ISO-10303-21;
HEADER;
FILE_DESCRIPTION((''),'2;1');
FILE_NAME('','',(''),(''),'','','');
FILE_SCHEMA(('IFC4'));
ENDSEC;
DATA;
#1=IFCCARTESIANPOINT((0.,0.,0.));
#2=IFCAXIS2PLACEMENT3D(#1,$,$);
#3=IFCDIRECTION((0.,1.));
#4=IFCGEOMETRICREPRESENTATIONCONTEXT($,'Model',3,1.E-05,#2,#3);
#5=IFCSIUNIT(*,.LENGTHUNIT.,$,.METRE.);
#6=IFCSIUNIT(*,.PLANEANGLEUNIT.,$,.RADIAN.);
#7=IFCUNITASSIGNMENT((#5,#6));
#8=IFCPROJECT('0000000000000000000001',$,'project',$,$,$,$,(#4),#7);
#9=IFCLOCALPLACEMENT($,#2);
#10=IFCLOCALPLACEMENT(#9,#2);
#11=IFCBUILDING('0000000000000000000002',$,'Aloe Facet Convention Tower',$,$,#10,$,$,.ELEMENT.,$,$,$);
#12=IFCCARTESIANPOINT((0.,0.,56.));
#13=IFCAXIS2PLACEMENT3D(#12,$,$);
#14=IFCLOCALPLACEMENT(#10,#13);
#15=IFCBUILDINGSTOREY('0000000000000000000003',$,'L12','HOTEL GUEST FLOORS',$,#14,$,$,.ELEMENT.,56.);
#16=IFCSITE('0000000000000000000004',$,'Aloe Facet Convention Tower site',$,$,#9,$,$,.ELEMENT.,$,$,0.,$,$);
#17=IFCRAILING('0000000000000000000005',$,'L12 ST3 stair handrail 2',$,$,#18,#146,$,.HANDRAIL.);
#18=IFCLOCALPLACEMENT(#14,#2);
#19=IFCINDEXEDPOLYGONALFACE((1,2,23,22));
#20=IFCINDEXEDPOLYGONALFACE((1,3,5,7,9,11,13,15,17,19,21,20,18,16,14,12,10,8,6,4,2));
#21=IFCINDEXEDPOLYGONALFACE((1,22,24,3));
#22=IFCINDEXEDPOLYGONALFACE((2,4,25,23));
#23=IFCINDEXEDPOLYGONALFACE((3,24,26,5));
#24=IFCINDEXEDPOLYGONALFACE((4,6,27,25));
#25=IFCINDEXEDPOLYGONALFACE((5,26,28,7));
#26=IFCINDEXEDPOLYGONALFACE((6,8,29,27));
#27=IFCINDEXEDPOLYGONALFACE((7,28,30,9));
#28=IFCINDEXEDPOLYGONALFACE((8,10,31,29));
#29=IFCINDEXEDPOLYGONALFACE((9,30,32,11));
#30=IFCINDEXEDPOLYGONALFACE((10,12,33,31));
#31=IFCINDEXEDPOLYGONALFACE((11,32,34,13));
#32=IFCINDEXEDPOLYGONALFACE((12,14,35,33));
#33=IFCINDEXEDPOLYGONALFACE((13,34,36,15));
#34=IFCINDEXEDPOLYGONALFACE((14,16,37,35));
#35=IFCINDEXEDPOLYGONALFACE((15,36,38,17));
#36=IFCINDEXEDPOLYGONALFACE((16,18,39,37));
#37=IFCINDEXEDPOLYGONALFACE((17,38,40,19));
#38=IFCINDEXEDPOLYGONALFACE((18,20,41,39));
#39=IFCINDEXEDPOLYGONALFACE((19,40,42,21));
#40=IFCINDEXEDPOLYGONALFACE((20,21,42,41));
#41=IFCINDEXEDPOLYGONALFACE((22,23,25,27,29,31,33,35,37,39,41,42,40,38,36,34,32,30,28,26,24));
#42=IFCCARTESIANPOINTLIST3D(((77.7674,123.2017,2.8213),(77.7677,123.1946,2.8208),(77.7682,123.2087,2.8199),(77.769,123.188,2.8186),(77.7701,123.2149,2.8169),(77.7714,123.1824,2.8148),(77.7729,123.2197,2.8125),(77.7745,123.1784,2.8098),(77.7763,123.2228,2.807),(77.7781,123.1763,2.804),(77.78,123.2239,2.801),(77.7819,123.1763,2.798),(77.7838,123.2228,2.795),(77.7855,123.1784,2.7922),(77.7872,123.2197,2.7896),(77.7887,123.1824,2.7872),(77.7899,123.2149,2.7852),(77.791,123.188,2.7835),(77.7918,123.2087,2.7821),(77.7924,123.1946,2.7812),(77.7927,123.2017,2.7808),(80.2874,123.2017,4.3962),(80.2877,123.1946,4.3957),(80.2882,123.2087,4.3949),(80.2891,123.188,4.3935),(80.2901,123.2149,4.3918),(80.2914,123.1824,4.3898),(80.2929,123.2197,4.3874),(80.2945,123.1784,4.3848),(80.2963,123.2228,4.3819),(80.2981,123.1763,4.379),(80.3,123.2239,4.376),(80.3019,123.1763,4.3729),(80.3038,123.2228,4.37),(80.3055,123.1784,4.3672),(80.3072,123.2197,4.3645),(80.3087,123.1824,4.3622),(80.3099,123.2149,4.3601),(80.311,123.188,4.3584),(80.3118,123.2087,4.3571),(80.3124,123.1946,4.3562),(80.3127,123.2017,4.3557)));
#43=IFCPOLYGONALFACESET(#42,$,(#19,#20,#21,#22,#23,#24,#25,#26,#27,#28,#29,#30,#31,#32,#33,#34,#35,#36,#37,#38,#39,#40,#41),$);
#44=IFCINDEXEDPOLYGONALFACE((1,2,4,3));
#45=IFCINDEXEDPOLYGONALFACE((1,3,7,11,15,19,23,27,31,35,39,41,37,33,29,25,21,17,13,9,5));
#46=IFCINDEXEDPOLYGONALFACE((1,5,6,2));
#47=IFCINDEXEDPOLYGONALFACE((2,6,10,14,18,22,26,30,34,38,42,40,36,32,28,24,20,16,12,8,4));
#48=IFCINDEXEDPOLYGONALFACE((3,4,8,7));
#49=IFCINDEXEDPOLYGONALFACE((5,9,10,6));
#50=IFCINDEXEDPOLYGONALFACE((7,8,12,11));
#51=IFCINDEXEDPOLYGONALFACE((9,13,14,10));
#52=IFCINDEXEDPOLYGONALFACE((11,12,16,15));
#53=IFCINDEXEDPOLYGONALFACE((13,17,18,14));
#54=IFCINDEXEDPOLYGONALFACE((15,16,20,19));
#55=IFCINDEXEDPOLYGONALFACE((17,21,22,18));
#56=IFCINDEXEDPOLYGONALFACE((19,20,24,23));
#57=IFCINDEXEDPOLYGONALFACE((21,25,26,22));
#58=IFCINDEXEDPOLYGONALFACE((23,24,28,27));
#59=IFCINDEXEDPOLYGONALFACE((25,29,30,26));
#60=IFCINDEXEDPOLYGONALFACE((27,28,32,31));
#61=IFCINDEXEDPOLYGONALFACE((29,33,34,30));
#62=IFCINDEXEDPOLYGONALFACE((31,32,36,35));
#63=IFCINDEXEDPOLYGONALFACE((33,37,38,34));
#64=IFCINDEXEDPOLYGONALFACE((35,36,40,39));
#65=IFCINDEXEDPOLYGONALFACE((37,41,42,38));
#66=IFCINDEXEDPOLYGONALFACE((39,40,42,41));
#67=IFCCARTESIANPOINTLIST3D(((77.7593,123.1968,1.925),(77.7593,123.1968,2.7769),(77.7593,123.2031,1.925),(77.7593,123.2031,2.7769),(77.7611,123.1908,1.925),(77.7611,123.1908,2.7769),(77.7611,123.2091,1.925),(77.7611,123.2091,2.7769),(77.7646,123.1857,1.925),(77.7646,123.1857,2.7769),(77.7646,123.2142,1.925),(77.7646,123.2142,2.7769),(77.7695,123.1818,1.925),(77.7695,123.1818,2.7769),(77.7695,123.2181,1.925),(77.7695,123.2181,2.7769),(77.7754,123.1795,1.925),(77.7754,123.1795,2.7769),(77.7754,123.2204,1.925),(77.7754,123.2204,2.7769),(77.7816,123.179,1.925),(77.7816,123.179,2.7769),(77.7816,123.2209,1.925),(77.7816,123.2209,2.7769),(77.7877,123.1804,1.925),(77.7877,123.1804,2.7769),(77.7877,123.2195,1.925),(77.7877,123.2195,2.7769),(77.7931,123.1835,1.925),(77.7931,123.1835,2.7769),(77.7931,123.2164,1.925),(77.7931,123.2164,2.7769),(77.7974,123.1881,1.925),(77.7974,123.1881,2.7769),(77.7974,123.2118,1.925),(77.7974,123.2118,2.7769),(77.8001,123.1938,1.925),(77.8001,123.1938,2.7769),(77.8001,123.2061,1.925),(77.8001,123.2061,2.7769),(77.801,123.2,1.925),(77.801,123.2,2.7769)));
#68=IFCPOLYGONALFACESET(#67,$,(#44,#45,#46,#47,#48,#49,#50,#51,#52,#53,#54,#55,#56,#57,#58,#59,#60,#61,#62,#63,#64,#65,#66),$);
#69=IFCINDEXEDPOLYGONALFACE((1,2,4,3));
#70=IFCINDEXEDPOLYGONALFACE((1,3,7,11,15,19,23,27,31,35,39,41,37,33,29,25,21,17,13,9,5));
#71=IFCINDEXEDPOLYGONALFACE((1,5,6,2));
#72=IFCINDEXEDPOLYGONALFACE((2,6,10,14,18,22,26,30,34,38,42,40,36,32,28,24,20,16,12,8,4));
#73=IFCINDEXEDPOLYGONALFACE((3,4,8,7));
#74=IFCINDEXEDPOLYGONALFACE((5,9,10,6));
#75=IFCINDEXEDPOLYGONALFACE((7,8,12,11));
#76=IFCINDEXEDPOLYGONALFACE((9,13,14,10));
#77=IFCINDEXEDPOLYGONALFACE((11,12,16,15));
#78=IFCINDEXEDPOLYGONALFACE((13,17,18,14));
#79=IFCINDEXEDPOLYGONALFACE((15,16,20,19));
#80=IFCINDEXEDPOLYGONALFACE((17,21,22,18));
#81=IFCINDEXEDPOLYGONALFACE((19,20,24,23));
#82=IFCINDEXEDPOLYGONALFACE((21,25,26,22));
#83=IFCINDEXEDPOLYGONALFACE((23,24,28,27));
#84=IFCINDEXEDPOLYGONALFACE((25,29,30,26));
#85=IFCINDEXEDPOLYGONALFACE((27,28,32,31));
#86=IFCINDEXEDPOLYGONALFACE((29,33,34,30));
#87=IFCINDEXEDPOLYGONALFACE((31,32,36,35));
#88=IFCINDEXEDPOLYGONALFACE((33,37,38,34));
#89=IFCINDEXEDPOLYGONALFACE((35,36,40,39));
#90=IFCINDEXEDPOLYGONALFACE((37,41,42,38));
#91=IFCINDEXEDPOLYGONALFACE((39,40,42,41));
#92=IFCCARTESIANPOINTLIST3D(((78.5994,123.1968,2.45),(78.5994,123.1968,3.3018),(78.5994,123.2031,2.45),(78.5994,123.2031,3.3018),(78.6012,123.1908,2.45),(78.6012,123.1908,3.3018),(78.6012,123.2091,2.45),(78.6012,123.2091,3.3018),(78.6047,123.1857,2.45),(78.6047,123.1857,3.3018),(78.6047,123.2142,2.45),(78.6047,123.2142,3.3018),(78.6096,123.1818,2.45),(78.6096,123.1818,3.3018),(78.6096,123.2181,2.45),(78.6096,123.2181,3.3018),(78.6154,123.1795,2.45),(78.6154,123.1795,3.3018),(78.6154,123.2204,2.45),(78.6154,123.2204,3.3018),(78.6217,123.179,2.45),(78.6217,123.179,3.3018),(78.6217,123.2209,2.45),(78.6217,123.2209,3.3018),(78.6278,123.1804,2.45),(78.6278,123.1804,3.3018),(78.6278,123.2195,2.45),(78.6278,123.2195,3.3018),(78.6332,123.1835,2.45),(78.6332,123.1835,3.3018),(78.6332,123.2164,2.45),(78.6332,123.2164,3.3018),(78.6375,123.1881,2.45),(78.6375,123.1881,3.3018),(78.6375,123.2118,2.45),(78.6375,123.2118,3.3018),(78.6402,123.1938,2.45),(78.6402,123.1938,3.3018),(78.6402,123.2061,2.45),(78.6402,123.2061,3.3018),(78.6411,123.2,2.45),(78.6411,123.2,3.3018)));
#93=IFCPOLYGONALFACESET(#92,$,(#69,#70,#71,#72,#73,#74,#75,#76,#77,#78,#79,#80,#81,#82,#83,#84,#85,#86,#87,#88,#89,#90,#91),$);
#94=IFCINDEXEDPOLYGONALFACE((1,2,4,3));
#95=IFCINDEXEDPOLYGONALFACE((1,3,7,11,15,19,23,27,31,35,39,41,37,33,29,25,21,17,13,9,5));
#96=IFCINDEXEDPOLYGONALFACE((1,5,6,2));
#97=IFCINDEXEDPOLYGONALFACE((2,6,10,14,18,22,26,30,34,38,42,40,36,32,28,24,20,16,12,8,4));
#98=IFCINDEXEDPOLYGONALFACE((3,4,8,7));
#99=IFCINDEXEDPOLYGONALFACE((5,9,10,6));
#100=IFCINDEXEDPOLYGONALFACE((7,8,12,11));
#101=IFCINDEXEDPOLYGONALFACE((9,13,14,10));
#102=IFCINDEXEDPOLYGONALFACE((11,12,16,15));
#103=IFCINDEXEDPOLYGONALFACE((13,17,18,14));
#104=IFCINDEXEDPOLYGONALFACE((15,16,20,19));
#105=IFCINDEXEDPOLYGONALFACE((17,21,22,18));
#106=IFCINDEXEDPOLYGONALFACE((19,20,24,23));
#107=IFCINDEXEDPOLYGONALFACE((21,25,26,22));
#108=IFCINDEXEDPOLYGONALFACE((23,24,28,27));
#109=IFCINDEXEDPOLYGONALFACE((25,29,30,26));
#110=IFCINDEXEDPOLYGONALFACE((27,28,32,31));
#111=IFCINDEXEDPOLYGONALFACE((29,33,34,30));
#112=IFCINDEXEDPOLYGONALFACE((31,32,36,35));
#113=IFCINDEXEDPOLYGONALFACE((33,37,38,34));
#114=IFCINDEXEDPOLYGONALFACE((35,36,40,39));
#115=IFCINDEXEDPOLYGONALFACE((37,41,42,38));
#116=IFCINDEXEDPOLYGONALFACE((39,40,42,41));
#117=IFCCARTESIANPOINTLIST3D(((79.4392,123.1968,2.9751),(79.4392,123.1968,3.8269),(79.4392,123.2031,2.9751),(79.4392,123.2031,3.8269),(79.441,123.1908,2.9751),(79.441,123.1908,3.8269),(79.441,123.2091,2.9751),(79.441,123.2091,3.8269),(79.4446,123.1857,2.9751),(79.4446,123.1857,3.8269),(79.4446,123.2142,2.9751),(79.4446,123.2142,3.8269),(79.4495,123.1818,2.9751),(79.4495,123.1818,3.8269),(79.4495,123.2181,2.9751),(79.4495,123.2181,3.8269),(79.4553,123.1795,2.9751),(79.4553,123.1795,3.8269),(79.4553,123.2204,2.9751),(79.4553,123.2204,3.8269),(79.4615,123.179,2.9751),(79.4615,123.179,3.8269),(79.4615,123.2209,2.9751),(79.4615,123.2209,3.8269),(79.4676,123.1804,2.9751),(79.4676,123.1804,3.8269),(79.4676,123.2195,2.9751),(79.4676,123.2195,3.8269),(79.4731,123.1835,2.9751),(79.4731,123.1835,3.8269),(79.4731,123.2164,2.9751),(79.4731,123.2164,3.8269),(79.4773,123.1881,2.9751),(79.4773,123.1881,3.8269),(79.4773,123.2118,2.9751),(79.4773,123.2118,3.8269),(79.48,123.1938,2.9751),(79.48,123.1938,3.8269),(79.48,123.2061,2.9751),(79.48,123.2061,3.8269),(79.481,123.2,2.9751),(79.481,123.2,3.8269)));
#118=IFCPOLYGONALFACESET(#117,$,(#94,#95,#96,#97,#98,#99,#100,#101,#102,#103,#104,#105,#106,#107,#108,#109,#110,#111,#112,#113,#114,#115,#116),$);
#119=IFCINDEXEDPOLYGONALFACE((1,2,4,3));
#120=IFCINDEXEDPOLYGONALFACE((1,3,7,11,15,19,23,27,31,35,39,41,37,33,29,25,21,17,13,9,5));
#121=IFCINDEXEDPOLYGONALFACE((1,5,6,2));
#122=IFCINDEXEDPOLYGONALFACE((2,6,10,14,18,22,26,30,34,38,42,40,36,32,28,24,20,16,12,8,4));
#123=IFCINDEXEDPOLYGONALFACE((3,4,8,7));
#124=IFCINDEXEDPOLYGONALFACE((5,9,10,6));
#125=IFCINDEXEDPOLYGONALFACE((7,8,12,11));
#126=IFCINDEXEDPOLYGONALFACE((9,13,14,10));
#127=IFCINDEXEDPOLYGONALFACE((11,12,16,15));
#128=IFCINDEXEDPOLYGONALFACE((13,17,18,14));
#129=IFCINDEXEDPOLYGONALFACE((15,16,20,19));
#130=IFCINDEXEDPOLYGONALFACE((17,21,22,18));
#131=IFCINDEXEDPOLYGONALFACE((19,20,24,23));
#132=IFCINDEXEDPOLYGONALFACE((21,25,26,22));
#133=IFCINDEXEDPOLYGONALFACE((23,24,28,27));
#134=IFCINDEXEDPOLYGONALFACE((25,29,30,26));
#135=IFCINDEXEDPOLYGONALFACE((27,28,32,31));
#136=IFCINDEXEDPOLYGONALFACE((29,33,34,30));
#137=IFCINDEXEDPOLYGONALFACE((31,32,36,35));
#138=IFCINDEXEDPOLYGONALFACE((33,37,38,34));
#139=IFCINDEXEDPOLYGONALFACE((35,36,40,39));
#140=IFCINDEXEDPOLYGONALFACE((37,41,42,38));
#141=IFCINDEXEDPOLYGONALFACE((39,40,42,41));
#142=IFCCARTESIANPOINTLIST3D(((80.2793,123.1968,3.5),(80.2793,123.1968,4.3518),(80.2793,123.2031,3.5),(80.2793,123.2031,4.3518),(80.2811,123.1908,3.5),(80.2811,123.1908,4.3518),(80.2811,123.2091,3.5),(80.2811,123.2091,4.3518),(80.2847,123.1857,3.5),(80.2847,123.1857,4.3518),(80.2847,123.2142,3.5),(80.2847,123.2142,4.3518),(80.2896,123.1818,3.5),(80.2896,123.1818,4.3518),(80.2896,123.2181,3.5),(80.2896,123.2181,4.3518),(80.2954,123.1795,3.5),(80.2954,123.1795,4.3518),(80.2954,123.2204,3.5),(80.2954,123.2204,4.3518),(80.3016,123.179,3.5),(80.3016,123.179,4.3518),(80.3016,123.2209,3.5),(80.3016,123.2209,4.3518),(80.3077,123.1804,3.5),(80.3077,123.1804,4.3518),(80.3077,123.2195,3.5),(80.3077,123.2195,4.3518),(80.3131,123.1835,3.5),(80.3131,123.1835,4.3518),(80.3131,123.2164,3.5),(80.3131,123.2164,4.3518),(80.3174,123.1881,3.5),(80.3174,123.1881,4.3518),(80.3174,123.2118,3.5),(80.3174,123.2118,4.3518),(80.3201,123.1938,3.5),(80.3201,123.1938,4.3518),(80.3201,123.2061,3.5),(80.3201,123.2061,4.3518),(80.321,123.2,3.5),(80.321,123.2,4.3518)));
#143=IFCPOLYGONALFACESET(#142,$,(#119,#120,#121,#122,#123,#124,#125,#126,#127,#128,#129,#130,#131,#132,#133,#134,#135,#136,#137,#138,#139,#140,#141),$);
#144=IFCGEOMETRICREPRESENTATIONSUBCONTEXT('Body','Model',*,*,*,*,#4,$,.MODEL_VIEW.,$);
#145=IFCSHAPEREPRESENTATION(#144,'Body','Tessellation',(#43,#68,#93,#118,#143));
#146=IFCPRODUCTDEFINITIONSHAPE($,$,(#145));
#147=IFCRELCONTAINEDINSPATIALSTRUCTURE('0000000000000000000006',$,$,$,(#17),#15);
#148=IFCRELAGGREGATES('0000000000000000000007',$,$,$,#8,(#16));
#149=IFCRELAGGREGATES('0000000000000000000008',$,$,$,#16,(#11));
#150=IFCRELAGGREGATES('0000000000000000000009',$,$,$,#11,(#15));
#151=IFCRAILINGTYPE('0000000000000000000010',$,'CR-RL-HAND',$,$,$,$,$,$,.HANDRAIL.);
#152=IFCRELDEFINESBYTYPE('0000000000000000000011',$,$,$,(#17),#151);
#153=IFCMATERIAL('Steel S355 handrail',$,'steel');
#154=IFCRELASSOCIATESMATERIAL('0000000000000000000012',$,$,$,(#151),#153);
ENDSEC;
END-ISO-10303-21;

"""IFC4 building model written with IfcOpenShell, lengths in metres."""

from ifc_helpers import new_model, si_unit, direction, frame, origin, origin_2d, place, context, subcontext, project, spatial, circle, extrude, material, type_object, element, save


model = new_model("IFC4")

# Units and contexts
model_context = context("Model", 3, precision=1e-05, world=origin(), true_north=direction((0.0, 1.0)))
body_context = subcontext(model_context, "Body", "Model", "MODEL_VIEW")
ifc_project = project(units=[si_unit("LENGTHUNIT", "METRE"), si_unit("PLANEANGLEUNIT", "RADIAN")], contexts=[model_context])

# Site, building, storey
site_placement = place(None, origin())
site = spatial("IfcSite", under=ifc_project, at=site_placement, Name="Aloe Facet Convention Tower site", CompositionType="ELEMENT", RefElevation=0.0)
building_placement = place(site_placement, origin())
building = spatial("IfcBuilding", under=site, at=building_placement, Name="Aloe Facet Convention Tower", CompositionType="ELEMENT")
storey_placement = place(building_placement, frame((0.0, 0.0, 56.0)))
storey = spatial("IfcBuildingStorey", under=building, at=storey_placement, Name="L12", Description="HOTEL GUEST FLOORS", CompositionType="ELEMENT", Elevation=56.0)

# Railing
ifc_material_1 = material(Name="Steel S355 handrail", Category="steel")
railing_type_1 = type_object("IfcRailingType", Name="CR-RL-HAND", PredefinedType="HANDRAIL", material=ifc_material_1)
railing_1_placement = place(storey_placement, frame((77.78, 123.2, 1.925)))
element("IfcRailing", 1, at=railing_1_placement, inside=storey, type_object=railing_type_1, Name="L12 ST3 stair handrail 2", PredefinedType="HANDRAIL", context=body_context, shape_type="SweptSolid", body=[
    extrude(circle(Radius=0.0239, at=origin_2d()), frame((0.0, 0.0, 0.876), z_axis=(0.848008, 0.0, 0.529984), x_axis=(0.0, 1.0, 0.0)), (0.0, 0.0, 1.0), 2.9717),
    extrude(circle(Radius=0.021, at=origin_2d()), origin(), (0.0, 0.0, 1.0), 0.8518),
    extrude(circle(Radius=0.021, at=origin_2d()), frame((0.8401, 0.0, 0.5249)), (0.0, 0.0, 1.0), 0.8518),
    extrude(circle(Radius=0.021, at=origin_2d()), frame((1.6799, 0.0, 1.05)), (0.0, 0.0, 1.0), 0.8518),
    extrude(circle(Radius=0.021, at=origin_2d()), frame((2.52, 0.0, 1.575)), (0.0, 0.0, 1.0), 0.8518),
])

save(model, "model.ifc")
